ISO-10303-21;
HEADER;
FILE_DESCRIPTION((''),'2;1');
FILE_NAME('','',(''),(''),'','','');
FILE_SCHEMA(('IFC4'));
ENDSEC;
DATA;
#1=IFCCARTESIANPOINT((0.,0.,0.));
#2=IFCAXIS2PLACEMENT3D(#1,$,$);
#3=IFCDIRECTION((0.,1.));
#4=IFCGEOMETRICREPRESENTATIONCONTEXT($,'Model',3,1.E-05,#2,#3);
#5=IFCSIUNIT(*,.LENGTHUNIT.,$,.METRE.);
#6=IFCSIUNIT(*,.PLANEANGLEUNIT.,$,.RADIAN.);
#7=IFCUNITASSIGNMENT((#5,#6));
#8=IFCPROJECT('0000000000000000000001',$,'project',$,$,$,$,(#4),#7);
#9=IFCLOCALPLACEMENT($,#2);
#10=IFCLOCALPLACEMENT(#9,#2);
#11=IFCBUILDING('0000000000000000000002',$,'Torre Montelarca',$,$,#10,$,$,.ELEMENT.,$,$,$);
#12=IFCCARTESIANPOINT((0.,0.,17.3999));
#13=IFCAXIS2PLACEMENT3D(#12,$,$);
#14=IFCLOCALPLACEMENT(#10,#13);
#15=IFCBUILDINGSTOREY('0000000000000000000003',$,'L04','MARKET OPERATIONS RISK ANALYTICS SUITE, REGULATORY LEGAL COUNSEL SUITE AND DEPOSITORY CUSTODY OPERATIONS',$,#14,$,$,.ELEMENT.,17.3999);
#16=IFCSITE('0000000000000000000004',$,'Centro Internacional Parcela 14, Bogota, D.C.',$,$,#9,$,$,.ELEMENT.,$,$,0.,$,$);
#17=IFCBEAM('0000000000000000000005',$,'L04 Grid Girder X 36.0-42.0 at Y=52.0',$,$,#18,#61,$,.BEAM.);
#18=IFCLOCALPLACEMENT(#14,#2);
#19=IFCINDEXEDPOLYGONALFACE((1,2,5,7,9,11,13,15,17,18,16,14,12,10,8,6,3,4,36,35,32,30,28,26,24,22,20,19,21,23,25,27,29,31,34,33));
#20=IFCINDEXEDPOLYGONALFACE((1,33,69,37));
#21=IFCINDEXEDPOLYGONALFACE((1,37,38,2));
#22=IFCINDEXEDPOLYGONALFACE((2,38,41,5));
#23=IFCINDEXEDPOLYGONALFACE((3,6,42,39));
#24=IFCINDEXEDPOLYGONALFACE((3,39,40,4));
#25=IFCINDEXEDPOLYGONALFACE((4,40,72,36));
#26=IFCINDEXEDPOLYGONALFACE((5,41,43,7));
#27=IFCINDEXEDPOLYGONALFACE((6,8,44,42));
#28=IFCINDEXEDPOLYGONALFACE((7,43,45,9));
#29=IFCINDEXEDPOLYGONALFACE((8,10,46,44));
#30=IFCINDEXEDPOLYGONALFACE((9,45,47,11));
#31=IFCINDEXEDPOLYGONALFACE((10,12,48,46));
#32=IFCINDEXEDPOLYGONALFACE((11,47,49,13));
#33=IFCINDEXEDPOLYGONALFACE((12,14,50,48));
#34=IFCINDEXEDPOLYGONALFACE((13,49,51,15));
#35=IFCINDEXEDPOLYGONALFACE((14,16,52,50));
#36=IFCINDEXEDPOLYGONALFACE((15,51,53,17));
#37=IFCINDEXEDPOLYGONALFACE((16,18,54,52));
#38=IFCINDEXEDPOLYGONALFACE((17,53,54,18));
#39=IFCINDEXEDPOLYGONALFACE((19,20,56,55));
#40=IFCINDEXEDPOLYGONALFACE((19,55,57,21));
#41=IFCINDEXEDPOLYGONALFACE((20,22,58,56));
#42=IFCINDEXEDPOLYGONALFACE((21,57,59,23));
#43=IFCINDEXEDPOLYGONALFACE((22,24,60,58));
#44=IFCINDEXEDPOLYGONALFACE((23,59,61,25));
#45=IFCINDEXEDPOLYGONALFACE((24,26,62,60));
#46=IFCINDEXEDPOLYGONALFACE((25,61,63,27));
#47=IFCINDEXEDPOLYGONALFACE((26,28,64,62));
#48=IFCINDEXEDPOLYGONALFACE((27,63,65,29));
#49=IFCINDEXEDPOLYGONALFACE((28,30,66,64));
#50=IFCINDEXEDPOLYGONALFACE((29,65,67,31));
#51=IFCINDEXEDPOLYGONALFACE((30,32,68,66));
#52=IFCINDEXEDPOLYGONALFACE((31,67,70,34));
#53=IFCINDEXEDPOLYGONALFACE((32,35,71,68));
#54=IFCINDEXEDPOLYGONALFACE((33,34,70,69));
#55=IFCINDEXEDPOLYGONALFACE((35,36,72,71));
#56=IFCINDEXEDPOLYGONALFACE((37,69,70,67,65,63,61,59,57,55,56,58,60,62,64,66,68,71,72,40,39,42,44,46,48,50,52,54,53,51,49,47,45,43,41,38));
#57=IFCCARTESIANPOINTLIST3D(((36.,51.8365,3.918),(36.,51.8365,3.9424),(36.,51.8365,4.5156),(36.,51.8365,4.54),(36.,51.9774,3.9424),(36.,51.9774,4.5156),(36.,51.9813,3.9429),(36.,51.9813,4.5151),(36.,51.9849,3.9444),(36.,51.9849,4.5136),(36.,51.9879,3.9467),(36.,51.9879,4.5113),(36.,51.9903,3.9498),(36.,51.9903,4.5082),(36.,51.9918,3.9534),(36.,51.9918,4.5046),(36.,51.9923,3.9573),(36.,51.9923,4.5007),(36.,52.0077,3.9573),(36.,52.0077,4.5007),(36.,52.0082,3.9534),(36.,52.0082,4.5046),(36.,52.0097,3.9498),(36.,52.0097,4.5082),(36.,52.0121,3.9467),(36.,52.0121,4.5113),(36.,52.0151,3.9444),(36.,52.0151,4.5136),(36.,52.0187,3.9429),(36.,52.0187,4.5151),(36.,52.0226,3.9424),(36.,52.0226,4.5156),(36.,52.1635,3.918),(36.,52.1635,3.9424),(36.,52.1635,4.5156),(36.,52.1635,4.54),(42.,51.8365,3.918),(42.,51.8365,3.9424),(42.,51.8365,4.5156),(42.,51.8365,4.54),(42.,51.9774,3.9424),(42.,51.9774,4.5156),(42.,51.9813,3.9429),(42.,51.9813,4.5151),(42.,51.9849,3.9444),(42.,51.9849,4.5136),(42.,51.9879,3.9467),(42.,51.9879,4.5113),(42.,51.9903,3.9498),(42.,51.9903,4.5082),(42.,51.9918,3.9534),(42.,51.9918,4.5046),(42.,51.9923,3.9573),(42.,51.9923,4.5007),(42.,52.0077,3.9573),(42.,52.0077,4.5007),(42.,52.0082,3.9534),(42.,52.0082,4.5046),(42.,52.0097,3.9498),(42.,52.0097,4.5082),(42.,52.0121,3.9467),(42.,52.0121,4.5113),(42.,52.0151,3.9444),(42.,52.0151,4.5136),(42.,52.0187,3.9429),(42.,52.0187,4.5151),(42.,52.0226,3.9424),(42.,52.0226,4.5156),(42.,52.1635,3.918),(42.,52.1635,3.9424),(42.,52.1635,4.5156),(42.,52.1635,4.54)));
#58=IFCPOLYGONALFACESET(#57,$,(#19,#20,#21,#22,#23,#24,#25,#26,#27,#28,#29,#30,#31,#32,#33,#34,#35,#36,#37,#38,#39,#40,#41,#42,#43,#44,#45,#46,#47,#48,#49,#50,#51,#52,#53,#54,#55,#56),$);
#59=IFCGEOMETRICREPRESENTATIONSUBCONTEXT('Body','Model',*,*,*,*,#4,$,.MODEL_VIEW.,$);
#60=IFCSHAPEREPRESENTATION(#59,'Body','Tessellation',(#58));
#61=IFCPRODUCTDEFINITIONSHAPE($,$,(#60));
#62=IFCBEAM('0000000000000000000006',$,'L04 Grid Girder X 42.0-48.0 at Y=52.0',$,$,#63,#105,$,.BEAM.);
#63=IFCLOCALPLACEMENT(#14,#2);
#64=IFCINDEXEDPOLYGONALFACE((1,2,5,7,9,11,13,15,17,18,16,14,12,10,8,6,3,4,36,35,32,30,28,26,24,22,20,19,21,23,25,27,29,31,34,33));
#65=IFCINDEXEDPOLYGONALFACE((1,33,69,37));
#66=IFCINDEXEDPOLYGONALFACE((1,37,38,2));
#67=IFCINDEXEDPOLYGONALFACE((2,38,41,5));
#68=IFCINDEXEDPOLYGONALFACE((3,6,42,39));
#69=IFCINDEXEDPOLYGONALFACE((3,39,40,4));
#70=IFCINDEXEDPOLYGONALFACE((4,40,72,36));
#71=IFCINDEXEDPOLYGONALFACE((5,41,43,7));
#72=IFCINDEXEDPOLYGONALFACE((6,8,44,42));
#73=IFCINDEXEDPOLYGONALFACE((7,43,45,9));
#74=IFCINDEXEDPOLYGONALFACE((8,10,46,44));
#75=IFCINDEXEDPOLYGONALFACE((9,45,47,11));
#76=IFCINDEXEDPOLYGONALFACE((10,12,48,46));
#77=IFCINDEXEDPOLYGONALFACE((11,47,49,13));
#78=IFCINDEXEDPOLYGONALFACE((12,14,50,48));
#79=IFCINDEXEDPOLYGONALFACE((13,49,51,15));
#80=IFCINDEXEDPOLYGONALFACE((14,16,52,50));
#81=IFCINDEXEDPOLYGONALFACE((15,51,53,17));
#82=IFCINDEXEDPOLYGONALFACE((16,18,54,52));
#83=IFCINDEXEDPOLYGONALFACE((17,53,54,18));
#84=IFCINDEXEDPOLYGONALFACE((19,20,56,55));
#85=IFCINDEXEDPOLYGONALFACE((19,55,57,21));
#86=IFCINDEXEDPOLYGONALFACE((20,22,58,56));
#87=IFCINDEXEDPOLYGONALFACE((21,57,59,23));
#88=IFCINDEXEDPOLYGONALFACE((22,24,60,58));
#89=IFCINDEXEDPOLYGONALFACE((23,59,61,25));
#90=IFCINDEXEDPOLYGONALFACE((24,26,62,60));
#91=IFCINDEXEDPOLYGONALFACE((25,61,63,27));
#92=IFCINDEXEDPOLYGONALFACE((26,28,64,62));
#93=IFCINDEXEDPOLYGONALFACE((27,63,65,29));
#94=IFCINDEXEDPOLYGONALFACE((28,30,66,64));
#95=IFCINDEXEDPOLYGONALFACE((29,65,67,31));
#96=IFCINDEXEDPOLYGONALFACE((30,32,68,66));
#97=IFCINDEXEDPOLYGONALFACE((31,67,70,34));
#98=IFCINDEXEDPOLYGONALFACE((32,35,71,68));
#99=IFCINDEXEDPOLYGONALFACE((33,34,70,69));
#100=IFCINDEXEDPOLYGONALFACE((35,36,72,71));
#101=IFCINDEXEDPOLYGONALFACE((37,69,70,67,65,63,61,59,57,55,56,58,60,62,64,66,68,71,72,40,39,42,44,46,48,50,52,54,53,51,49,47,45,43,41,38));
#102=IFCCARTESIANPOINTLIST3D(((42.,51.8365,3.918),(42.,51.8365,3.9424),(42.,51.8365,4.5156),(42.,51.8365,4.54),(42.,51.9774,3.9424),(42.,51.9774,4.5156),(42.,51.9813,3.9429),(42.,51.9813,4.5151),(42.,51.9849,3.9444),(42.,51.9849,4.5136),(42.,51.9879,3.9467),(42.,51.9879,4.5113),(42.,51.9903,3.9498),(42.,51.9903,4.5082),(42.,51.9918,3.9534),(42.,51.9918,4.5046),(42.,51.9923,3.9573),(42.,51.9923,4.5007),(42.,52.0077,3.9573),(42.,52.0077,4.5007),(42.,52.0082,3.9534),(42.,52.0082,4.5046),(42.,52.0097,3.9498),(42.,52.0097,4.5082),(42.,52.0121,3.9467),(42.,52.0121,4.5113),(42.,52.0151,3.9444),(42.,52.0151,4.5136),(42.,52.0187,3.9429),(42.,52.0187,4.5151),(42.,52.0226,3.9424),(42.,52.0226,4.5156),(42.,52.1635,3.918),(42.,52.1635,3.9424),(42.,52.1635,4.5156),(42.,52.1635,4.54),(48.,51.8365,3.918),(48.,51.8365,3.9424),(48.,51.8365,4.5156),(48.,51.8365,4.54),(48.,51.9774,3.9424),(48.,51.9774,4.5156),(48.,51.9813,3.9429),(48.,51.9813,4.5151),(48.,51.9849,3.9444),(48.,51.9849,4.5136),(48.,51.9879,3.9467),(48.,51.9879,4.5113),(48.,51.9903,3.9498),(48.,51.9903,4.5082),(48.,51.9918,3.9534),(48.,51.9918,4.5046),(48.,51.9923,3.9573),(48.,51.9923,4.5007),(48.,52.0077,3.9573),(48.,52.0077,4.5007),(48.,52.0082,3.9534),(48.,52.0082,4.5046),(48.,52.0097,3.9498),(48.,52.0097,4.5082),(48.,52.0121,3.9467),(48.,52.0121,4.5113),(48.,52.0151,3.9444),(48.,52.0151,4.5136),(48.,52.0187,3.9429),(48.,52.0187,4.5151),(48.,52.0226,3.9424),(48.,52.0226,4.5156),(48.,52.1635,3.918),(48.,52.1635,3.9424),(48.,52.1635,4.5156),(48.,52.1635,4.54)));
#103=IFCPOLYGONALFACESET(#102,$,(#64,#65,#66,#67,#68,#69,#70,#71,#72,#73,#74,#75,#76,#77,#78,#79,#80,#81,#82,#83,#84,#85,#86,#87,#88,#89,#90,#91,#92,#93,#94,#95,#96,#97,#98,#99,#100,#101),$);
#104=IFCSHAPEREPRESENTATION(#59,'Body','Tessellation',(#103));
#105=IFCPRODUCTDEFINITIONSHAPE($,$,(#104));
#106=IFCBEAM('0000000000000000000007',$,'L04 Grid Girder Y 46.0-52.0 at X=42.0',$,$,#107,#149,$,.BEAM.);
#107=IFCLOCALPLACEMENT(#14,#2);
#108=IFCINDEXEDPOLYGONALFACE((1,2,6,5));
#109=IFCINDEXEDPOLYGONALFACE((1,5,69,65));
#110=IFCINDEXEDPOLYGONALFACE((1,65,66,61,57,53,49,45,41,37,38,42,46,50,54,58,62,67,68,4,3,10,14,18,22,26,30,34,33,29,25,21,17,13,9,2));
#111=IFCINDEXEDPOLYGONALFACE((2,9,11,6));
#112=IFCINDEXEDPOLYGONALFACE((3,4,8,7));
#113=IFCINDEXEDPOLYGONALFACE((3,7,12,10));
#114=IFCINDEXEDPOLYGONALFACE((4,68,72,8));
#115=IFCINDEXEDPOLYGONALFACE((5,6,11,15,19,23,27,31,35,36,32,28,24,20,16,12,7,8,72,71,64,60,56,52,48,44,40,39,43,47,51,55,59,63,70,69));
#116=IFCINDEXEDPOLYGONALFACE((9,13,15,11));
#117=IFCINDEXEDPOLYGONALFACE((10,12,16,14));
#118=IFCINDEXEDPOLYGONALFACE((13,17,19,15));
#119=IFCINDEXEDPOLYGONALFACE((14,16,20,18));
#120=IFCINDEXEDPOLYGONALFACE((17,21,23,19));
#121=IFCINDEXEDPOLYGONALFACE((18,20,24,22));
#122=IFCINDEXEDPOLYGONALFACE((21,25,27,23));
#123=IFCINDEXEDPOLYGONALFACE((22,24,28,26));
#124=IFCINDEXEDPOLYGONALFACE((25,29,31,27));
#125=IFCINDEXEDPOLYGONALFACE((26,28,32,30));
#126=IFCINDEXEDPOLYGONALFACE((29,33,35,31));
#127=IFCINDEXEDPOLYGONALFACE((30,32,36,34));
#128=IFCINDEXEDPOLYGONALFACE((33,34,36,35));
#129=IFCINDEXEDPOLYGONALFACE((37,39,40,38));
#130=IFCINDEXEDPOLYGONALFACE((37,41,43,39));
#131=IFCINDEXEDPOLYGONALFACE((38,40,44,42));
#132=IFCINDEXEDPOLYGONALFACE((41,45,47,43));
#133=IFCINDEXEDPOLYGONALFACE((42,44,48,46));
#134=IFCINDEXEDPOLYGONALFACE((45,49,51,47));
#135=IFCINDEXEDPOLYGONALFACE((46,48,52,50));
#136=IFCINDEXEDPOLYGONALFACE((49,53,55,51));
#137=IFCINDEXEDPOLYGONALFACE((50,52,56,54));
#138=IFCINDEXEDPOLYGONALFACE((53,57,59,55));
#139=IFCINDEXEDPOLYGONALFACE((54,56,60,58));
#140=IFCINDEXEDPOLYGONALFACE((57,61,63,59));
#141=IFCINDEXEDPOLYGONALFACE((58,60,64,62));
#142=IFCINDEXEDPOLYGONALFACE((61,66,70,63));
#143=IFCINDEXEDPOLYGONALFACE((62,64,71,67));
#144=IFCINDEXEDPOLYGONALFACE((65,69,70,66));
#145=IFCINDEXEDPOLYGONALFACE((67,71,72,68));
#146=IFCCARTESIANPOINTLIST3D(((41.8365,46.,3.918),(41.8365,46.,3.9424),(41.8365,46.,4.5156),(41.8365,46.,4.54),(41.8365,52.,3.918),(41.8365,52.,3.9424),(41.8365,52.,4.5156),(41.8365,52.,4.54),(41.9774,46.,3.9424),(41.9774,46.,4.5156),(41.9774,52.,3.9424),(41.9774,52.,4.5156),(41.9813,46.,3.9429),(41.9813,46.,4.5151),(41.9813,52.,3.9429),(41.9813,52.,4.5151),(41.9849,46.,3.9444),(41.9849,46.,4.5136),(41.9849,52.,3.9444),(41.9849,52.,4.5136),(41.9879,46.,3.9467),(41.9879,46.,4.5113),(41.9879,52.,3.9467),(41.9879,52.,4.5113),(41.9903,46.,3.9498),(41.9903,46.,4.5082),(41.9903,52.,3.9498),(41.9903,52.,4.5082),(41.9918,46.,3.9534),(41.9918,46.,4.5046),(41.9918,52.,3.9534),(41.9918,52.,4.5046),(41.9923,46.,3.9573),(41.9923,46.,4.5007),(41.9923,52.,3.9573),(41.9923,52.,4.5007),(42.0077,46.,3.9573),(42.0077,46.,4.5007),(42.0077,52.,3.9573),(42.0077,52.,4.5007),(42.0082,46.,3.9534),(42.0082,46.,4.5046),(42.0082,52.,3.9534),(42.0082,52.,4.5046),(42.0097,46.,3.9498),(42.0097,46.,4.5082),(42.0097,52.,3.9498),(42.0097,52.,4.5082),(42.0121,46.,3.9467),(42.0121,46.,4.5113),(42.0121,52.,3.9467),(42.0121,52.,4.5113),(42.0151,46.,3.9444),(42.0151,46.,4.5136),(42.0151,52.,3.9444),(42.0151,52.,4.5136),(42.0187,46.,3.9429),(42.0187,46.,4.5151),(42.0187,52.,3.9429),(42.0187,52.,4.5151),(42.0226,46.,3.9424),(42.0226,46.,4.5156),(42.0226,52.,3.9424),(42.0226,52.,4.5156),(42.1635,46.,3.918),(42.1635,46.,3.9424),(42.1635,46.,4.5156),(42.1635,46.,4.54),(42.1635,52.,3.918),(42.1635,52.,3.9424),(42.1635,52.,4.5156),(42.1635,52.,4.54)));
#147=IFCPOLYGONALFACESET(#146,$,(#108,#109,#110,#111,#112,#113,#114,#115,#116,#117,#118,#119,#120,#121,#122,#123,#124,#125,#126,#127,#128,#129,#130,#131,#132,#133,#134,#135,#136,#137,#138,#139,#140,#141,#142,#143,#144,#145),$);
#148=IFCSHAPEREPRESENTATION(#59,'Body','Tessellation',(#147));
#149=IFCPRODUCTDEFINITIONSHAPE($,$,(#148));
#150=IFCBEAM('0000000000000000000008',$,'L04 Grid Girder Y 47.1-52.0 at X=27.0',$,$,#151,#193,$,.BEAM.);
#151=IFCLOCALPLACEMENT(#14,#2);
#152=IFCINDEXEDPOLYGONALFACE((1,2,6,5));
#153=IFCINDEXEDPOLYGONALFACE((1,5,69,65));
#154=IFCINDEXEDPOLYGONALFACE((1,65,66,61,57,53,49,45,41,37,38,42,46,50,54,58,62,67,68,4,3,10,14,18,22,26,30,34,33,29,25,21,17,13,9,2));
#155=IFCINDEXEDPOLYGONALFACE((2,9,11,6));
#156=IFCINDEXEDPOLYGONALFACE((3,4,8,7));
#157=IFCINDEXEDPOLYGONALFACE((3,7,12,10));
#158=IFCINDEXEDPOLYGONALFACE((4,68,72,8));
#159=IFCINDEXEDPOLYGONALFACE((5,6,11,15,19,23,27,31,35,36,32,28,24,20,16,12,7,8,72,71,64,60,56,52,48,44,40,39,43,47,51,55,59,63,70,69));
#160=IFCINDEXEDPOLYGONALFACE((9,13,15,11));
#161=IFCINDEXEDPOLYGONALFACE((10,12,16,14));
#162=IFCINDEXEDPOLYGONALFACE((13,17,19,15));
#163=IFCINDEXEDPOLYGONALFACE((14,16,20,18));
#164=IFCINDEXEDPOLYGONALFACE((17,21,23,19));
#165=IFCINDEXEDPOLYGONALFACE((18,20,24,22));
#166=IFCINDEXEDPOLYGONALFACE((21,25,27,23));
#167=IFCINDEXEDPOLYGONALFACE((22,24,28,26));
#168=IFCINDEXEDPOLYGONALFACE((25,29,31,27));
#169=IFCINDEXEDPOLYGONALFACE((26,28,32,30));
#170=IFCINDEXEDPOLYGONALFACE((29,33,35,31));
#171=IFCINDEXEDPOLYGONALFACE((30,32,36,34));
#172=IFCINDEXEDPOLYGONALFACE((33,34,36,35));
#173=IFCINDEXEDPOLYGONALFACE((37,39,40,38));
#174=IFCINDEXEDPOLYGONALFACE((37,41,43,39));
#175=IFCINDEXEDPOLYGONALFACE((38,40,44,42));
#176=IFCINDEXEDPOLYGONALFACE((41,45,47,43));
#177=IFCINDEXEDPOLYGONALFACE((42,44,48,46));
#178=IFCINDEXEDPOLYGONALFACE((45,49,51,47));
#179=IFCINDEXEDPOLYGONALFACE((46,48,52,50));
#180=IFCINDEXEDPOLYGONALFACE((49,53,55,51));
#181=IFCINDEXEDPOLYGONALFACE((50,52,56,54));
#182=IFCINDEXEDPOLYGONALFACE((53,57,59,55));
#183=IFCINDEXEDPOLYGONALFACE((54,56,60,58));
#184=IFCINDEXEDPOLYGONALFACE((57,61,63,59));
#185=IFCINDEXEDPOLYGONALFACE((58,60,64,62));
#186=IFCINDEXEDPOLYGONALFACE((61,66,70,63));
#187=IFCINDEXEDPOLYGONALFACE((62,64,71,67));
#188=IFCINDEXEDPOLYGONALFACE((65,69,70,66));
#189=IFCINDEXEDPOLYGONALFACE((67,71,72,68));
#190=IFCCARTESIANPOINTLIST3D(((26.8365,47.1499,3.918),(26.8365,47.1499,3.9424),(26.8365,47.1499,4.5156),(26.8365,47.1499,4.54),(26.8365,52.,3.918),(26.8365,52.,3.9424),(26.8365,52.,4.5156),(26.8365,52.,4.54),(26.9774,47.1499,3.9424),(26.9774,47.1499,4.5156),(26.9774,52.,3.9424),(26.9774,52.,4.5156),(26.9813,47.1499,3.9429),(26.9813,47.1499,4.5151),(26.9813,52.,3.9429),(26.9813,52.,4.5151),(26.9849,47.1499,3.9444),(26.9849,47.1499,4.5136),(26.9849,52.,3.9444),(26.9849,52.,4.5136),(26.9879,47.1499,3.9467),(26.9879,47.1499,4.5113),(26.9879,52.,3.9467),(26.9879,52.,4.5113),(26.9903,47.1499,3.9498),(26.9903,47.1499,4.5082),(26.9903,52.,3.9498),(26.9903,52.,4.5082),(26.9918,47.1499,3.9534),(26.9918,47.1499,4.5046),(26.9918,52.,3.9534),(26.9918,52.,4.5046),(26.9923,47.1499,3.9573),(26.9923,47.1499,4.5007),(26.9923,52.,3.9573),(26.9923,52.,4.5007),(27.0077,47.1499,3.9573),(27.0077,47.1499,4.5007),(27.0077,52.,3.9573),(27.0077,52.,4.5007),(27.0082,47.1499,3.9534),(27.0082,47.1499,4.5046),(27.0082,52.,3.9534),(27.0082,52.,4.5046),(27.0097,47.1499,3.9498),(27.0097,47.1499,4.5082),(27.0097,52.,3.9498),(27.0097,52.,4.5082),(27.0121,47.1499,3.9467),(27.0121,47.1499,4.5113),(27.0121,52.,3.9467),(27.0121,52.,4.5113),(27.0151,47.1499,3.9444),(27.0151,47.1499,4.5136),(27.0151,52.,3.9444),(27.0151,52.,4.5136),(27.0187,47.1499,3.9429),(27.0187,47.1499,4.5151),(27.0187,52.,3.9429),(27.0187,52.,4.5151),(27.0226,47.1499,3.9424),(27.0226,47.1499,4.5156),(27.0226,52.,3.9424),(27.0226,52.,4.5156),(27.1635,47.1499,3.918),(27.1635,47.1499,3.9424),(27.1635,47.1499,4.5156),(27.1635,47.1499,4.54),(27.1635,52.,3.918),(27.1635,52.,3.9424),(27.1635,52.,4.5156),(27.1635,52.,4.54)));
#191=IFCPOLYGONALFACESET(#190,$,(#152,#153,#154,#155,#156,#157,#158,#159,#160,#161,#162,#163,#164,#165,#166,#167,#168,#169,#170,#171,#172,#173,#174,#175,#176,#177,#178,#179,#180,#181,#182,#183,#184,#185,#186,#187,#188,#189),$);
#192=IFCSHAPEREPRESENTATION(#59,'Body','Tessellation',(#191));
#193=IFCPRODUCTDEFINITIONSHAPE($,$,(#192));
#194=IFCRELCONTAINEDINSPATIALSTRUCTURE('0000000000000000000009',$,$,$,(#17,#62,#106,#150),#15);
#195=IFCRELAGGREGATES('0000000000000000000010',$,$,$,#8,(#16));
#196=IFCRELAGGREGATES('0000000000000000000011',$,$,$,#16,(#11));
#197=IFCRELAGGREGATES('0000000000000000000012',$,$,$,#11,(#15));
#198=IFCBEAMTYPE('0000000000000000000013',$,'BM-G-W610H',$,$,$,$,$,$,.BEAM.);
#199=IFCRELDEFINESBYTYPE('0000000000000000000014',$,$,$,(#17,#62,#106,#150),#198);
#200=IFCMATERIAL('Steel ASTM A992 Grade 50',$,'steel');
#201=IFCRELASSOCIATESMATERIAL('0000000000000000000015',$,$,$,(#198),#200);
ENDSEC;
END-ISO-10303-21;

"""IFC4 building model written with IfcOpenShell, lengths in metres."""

from ifc_helpers import new_model, si_unit, direction, frame, origin, origin_2d, place, context, subcontext, project, spatial, i_section, extrude, source, transform, mapped, material, material_profile, profile_set, type_object, element, save


model = new_model("IFC4")

# Units and contexts
model_context = context("Model", 3, precision=1e-05, world=origin(), true_north=direction((0.0, 1.0)))
body_context = subcontext(model_context, "Body", "Model", "MODEL_VIEW")
ifc_project = project(units=[si_unit("LENGTHUNIT", "METRE"), si_unit("PLANEANGLEUNIT", "RADIAN")], contexts=[model_context])

# Site, building, storey
site_placement = place(None, origin())
site = spatial("IfcSite", under=ifc_project, at=site_placement, Name="Centro Internacional Parcela 14, Bogota, D.C.", CompositionType="ELEMENT", RefElevation=0.0)
building_placement = place(site_placement, origin())
building = spatial("IfcBuilding", under=site, at=building_placement, Name="Torre Montelarca", CompositionType="ELEMENT")
storey_placement = place(building_placement, frame((0.0, 0.0, 17.3999)))
storey = spatial("IfcBuildingStorey", under=building, at=storey_placement, Name="L04", Description="MARKET OPERATIONS RISK ANALYTICS SUITE, REGULATORY LEGAL COUNSEL SUITE AND DEPOSITORY CUSTODY OPERATIONS", CompositionType="ELEMENT", Elevation=17.3999)

# Beams
ifc_material_1 = material(Name="Steel ASTM A992 Grade 50", Category="steel")
ifc_material_profile_1 = material_profile(ifc_material_1, i_section(OverallWidth=0.3269, OverallDepth=0.6221, WebThickness=0.0154, FlangeThickness=0.0244, FilletRadius=0.0149, at=origin_2d()), Name="W610X195", Category="steel")
ifc_profile_set_1 = profile_set([ifc_material_profile_1], Name="Steel ASTM A992 Grade 50")
beam_type_1 = type_object("IfcBeamType", Name="BM-G-W610H", PredefinedType="BEAM", material=ifc_profile_set_1)
shared_shape_1 = source(origin(), body_context, "Body", "SweptSolid", [
    extrude(i_section(OverallWidth=0.3269, OverallDepth=0.6221, WebThickness=0.0154, FlangeThickness=0.0244, FilletRadius=0.0149, at=origin_2d()), origin(), (0.0, 0.0, 1.0), 6.0),
])
for number, where, z_axis, x_axis, name in (
    (1, (36.0, 52.0, 4.229), (1.0, 0.0, 0.0), (0.0, 1.0, 0.0), "L04 Grid Girder X 36.0-42.0 at Y=52.0"),
    (2, (42.0, 52.0, 4.229), (1.0, 0.0, 0.0), (0.0, 1.0, 0.0), "L04 Grid Girder X 42.0-48.0 at Y=52.0"),
    (3, (42.0, 46.0, 4.229), (0.0, 1.0, 0.0), (-1.0, 0.0, 0.0), "L04 Grid Girder Y 46.0-52.0 at X=42.0"),
):
    element("IfcBeam", number, at=place(storey_placement, frame(where, z_axis=z_axis, x_axis=x_axis)), inside=storey, type_object=beam_type_1, Name=name, PredefinedType="BEAM", context=body_context, shape_type="MappedRepresentation", body=[
        mapped(shared_shape_1, transform((0.0, 0.0, 0.0), scale=1.0)),
    ])
shared_shape_2 = source(origin(), body_context, "Body", "SweptSolid", [
    extrude(i_section(OverallWidth=0.3269, OverallDepth=0.6221, WebThickness=0.0154, FlangeThickness=0.0244, FilletRadius=0.0149, at=origin_2d()), origin(), (0.0, 0.0, 1.0), 4.8501),
])
for number, where, z_axis, x_axis, name in (
    (4, (27.0, 47.1499, 4.229), (0.0, 1.0, 0.0), (-1.0, 0.0, 0.0), "L04 Grid Girder Y 47.1-52.0 at X=27.0"),
):
    element("IfcBeam", number, at=place(storey_placement, frame(where, z_axis=z_axis, x_axis=x_axis)), inside=storey, type_object=beam_type_1, Name=name, PredefinedType="BEAM", context=body_context, shape_type="MappedRepresentation", body=[
        mapped(shared_shape_2, transform((0.0, 0.0, 0.0), scale=1.0)),
    ])

save(model, "model.ifc")
